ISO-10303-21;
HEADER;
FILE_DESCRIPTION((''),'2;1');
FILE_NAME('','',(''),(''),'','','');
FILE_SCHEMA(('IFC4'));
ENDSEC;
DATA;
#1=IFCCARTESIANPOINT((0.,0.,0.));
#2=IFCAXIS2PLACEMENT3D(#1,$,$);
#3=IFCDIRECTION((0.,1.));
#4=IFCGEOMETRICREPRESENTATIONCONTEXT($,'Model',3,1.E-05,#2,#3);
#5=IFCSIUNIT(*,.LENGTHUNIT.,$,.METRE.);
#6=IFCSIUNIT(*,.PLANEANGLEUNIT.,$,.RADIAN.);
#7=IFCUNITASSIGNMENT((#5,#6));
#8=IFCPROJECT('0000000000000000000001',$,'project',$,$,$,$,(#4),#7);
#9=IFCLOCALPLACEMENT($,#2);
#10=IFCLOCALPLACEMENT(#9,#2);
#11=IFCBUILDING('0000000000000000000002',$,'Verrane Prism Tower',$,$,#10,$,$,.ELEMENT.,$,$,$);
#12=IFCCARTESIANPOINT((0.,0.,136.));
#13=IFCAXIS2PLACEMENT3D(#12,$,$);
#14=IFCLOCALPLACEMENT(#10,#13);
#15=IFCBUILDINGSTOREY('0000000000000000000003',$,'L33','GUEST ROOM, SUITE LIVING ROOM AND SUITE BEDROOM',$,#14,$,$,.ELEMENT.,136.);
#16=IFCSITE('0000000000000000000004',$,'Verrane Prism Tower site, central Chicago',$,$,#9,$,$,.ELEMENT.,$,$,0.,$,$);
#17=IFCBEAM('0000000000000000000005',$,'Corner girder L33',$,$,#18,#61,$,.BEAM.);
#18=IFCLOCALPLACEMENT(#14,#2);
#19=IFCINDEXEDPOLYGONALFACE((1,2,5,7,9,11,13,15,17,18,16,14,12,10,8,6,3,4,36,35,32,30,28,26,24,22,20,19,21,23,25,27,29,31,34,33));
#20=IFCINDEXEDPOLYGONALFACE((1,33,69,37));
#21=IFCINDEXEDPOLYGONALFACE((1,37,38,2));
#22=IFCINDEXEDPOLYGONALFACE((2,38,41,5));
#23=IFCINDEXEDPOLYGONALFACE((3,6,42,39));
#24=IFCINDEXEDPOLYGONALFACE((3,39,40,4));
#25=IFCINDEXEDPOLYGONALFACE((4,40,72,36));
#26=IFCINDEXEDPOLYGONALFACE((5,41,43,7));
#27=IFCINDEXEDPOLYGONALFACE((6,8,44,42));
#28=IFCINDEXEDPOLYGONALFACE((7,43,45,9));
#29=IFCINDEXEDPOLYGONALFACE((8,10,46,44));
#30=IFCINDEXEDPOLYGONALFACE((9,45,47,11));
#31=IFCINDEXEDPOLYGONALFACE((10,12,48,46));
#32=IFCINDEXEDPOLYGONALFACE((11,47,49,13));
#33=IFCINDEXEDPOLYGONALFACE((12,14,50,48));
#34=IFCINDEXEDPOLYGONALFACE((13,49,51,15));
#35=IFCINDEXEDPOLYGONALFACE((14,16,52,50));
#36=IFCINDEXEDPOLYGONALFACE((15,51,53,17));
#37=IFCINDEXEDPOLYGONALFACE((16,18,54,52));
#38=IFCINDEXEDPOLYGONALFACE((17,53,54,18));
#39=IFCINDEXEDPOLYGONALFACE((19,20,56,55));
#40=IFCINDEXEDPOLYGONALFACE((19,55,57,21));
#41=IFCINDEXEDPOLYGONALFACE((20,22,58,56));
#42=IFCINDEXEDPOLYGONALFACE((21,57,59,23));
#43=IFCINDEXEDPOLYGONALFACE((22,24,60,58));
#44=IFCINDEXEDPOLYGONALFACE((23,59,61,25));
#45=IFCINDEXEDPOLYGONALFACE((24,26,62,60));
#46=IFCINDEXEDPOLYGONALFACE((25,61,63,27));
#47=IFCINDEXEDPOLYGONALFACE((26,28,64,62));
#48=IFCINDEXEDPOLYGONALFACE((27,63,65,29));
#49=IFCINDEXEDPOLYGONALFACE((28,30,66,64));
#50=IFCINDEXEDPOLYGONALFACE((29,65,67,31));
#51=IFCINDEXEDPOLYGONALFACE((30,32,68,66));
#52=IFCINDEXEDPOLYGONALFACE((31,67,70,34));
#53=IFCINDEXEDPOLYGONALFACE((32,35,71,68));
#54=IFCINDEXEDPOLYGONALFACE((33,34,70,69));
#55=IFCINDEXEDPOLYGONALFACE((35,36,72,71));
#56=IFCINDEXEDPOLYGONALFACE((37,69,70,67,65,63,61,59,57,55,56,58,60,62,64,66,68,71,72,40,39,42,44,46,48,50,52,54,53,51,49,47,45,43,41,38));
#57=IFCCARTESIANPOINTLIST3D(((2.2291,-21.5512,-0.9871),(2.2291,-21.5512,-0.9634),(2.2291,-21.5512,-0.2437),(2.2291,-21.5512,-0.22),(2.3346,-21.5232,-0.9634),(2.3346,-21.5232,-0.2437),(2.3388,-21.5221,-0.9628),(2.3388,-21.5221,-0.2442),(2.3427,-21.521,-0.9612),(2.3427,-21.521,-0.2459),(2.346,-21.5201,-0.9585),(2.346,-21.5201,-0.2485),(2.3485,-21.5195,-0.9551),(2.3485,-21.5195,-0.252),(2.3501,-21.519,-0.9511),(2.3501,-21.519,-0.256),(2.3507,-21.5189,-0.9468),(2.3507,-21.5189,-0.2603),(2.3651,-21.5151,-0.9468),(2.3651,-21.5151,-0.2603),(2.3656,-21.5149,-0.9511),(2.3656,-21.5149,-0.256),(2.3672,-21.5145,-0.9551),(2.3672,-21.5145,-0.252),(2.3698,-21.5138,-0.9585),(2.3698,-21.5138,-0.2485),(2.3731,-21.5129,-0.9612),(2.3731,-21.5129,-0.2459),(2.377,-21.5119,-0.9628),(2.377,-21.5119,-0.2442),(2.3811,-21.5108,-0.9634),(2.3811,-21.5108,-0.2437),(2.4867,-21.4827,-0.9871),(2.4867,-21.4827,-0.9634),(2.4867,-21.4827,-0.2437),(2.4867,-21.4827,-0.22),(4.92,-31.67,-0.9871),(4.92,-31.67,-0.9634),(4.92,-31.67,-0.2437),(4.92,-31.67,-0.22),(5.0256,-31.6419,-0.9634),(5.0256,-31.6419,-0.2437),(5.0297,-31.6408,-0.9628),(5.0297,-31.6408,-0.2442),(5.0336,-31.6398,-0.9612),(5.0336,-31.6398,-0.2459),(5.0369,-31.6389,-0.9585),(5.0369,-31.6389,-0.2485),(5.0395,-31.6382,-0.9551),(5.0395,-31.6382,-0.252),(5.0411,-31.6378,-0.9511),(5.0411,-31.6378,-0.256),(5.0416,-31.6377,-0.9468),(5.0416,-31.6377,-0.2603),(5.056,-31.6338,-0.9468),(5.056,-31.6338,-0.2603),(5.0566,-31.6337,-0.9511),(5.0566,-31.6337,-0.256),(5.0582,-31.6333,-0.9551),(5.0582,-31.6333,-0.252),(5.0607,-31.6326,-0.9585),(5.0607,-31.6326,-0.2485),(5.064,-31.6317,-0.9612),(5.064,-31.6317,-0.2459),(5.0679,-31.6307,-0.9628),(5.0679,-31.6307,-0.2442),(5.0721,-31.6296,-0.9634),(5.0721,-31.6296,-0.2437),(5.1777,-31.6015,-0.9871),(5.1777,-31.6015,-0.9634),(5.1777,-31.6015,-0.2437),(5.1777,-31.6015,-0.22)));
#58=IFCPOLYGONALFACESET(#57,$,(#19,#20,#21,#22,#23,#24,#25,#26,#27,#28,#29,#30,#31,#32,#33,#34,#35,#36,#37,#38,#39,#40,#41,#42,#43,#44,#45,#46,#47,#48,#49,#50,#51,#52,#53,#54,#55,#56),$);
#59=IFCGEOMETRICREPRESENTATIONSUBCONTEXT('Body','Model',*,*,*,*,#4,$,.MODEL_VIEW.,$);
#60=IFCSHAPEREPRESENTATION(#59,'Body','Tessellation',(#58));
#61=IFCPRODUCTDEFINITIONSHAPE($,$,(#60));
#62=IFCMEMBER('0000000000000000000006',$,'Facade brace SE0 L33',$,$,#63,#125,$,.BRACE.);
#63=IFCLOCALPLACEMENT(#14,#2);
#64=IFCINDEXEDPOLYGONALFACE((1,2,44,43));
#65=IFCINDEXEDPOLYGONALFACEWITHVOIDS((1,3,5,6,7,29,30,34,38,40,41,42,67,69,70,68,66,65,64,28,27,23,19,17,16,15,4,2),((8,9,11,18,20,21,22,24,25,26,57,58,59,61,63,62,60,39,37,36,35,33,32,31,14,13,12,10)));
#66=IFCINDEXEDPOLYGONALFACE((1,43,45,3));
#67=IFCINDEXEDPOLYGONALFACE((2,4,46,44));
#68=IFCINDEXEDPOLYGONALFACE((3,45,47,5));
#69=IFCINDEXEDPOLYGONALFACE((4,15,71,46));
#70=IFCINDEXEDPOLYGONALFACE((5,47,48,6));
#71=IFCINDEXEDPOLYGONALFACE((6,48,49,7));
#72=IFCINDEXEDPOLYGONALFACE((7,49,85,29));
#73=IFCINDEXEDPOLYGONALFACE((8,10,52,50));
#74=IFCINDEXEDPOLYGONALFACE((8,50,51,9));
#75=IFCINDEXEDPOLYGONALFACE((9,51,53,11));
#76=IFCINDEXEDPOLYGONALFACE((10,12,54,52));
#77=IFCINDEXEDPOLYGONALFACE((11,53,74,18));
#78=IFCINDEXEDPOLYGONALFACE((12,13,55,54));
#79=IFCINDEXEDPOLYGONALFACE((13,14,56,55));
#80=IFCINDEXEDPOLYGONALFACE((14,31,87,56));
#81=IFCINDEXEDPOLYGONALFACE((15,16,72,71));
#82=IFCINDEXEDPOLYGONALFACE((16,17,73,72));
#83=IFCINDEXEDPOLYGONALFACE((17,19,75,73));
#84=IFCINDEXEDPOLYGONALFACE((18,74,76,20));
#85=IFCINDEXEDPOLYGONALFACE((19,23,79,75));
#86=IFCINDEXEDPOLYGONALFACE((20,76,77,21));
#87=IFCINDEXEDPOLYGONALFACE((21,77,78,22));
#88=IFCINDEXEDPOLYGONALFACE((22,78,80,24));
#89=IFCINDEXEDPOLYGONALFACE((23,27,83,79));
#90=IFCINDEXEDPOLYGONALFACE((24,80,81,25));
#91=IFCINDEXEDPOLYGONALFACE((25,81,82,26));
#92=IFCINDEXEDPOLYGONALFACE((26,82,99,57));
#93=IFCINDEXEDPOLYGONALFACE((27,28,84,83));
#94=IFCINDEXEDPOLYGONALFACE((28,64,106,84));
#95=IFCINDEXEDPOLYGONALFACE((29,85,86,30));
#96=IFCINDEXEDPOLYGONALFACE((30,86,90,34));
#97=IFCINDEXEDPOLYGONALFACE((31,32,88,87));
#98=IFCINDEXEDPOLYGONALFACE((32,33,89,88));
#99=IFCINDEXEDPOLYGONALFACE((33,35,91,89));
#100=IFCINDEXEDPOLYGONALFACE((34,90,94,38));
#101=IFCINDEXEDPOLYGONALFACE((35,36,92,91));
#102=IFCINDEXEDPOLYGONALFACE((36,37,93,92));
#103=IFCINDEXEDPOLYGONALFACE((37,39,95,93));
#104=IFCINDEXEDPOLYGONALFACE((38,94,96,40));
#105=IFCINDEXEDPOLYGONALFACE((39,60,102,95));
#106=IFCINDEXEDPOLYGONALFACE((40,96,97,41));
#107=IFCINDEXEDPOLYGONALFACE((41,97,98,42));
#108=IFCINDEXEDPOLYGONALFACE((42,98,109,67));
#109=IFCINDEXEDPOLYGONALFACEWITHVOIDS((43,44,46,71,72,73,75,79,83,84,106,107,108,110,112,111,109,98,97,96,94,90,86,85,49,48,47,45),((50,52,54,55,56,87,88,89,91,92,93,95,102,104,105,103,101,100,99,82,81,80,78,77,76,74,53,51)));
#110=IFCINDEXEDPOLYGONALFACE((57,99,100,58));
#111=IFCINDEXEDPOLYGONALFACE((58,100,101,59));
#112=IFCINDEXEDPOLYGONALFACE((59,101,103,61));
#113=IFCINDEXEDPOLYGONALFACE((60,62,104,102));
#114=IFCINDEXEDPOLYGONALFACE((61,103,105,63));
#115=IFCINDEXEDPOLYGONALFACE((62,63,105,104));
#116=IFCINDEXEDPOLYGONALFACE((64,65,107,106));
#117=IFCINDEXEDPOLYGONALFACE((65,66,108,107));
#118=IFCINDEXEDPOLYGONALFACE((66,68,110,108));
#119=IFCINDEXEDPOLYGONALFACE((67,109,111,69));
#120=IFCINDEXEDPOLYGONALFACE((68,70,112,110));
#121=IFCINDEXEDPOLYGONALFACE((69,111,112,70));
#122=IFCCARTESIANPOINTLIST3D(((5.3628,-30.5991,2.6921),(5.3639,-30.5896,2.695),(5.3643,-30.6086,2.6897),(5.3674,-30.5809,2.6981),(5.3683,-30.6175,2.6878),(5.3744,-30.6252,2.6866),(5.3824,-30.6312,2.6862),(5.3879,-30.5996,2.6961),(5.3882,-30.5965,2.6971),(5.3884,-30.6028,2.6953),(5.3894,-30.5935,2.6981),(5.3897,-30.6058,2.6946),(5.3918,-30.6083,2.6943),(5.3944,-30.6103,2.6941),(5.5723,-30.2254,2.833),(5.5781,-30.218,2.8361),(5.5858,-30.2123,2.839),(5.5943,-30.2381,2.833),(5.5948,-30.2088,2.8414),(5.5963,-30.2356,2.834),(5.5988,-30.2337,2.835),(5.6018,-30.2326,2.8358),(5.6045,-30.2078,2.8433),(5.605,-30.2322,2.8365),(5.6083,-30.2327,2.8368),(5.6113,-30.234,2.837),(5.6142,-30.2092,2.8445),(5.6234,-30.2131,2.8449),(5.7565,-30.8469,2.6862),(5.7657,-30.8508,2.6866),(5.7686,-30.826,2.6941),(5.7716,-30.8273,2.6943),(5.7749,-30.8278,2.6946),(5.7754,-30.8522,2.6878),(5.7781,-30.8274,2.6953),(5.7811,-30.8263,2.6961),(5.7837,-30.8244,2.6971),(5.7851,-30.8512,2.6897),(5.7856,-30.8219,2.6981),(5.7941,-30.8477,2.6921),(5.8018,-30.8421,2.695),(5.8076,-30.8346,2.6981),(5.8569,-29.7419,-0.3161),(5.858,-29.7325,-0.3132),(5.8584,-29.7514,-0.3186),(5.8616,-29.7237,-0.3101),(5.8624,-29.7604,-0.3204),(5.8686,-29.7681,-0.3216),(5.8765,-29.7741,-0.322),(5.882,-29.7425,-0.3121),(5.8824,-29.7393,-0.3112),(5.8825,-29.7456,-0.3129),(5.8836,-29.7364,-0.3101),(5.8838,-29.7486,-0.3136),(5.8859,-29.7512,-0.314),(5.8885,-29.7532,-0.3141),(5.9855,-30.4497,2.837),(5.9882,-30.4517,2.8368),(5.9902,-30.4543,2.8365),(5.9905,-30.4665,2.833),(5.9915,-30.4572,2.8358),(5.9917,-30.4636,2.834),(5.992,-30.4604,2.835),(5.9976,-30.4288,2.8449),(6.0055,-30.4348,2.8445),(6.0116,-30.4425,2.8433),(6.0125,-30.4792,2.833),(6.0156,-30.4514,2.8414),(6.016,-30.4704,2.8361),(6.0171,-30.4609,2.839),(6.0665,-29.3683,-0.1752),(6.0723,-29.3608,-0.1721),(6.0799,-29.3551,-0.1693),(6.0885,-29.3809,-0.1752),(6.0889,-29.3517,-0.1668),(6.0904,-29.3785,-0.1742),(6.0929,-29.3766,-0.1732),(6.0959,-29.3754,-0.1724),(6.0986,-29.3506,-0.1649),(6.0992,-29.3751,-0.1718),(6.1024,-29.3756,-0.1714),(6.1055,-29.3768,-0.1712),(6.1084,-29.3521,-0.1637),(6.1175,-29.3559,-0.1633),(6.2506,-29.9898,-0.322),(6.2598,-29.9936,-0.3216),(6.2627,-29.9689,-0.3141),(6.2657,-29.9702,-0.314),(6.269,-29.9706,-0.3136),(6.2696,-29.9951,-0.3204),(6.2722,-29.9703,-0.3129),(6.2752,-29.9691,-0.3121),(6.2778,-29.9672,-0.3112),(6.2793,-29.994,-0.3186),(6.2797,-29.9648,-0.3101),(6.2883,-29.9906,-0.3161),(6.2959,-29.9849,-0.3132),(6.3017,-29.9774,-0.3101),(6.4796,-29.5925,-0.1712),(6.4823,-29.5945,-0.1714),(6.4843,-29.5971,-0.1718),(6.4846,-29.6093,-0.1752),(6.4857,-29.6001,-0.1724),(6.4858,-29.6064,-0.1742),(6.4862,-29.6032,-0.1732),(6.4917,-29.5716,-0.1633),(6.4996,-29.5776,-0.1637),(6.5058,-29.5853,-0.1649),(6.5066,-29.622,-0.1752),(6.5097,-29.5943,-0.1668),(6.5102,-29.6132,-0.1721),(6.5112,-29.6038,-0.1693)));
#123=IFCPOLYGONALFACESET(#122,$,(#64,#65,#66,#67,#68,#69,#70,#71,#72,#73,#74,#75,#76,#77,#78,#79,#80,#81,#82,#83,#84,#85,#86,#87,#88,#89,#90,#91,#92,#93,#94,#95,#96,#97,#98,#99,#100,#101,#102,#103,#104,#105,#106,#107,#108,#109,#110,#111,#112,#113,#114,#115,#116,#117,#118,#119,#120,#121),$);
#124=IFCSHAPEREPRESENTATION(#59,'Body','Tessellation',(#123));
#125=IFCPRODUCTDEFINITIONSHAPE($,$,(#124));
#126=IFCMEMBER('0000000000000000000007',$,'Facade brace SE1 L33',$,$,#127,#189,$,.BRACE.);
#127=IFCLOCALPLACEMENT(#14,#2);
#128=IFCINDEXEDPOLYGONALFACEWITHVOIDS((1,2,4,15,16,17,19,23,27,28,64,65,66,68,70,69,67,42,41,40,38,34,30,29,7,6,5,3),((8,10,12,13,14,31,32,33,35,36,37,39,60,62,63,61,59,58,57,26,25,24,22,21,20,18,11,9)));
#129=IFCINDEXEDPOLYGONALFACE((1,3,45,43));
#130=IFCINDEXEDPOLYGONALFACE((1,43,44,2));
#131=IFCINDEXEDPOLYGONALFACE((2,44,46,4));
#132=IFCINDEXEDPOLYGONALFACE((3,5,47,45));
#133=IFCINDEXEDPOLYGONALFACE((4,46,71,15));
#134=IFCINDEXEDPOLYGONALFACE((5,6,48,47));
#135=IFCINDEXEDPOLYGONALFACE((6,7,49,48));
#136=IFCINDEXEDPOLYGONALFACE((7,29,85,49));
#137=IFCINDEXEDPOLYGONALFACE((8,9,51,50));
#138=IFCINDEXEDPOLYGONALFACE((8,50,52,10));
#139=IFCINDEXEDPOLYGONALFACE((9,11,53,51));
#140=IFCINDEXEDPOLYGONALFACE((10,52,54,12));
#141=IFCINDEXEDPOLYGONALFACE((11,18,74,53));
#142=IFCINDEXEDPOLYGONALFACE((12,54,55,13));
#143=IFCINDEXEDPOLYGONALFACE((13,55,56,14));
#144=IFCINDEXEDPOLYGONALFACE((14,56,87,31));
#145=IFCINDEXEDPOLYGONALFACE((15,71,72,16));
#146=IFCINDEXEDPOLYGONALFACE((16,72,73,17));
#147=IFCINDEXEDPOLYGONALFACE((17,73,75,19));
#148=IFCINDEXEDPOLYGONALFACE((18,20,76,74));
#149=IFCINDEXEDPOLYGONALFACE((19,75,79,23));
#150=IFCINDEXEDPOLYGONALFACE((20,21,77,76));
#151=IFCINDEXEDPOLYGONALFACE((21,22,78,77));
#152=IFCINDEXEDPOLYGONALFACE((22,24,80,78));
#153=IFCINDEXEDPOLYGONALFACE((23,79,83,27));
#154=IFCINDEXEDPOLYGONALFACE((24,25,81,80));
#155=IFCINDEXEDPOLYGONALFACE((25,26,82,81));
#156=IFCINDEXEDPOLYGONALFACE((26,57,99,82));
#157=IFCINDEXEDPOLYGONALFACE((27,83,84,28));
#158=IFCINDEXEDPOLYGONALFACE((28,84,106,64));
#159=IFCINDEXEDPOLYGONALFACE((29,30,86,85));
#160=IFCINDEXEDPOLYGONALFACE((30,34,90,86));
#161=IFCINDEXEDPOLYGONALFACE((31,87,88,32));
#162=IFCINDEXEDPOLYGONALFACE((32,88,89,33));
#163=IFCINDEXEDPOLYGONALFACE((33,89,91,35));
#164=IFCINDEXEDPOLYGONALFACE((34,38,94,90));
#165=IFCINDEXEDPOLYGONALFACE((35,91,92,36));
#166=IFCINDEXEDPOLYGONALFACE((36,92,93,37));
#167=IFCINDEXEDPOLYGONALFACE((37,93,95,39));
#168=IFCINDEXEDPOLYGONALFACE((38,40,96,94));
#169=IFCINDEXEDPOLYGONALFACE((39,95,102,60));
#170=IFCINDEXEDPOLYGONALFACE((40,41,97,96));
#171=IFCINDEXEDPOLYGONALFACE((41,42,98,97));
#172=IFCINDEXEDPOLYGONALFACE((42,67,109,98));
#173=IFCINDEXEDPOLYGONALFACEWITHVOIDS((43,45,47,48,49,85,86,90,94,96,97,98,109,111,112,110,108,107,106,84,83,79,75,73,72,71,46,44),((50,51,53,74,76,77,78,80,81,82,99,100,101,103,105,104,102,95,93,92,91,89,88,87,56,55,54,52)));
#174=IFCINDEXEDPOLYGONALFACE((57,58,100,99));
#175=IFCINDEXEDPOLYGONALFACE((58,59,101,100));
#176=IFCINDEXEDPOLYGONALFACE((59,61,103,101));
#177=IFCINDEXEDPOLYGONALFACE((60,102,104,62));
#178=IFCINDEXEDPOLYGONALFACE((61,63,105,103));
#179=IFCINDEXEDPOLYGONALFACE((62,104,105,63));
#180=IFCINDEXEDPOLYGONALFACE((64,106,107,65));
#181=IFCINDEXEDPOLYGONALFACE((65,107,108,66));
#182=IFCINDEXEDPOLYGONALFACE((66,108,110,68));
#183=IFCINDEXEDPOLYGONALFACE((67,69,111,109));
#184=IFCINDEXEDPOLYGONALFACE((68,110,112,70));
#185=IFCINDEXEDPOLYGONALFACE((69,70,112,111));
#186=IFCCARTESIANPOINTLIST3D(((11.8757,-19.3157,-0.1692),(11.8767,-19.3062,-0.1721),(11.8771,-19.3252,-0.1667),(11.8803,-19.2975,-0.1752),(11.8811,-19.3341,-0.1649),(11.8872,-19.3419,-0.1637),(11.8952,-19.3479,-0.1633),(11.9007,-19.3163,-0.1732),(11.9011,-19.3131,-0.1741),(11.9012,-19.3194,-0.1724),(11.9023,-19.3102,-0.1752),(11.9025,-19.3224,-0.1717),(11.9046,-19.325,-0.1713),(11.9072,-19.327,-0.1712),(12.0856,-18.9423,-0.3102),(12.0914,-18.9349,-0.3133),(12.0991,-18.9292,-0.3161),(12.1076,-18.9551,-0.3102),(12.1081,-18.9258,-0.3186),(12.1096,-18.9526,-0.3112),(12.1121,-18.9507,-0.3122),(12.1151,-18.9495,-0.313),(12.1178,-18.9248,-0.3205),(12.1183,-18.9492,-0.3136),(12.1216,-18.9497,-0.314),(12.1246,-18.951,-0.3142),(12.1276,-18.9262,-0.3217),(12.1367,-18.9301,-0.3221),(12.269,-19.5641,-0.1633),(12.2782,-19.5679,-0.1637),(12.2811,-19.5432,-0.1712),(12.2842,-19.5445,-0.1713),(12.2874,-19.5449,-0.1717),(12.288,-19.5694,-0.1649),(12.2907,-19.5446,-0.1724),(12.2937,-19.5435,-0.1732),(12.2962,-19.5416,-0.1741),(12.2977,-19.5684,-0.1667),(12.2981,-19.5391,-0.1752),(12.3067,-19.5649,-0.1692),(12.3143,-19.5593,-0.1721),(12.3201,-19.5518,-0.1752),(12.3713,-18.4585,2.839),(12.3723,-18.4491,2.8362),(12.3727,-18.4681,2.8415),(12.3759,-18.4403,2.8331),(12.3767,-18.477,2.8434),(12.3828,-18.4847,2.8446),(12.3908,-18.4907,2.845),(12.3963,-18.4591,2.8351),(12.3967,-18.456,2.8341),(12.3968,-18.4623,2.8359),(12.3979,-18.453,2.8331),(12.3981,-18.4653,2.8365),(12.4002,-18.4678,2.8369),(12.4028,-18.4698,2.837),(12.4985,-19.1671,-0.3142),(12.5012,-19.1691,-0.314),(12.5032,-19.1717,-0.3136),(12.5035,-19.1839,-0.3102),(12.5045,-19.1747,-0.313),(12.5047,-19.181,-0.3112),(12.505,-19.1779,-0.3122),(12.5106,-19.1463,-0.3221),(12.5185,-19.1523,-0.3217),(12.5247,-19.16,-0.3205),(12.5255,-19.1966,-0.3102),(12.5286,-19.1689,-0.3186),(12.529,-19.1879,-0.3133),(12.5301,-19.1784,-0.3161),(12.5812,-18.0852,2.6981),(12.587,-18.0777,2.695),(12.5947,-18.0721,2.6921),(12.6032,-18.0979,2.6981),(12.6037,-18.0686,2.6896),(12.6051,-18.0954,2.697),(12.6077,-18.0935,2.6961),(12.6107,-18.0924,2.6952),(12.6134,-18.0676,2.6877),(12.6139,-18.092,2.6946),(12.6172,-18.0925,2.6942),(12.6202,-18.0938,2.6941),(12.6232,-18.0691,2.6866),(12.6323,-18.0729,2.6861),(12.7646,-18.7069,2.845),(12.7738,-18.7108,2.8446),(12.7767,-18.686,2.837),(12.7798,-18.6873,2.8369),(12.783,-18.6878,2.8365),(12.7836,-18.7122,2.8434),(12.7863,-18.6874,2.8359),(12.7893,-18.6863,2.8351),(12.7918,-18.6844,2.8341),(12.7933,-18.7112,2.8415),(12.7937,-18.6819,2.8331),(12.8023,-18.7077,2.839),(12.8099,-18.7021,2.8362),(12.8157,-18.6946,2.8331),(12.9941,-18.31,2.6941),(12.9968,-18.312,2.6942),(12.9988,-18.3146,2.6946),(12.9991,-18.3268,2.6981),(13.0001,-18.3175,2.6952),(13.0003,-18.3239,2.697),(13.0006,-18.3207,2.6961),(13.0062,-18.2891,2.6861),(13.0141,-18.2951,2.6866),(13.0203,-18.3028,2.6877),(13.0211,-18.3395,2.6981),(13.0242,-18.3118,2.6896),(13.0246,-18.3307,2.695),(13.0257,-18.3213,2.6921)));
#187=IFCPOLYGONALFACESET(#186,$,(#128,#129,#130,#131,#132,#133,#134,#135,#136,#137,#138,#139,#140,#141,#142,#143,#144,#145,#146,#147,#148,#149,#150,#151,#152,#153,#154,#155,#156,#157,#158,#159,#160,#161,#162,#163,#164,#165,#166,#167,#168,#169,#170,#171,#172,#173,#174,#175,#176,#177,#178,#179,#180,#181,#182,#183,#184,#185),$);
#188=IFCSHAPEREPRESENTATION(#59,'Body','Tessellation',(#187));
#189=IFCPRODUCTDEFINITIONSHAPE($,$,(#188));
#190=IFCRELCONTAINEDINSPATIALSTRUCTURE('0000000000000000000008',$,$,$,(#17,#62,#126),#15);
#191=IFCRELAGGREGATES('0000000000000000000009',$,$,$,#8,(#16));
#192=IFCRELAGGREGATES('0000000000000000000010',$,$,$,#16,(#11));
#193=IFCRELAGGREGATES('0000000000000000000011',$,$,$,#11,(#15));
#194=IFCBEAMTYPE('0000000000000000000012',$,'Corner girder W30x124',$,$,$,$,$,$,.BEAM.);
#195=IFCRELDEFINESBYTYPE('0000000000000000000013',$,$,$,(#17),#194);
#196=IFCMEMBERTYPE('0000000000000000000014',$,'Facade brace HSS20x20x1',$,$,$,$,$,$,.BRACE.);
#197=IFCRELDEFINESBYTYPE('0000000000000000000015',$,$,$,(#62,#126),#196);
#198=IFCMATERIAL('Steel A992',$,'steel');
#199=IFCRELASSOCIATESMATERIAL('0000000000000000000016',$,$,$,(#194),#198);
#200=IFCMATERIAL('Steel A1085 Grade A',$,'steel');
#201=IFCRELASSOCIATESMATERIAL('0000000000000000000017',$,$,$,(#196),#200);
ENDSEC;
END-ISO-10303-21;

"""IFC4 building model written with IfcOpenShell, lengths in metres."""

from ifc_helpers import new_model, si_unit, direction, frame, origin, origin_2d, place, context, subcontext, project, spatial, hollow_rectangle, i_section, extrude, material, material_profile, profile_set, type_object, element, save


model = new_model("IFC4")

# Units and contexts
model_context = context("Model", 3, precision=1e-05, world=origin(), true_north=direction((0.0, 1.0)))
body_context = subcontext(model_context, "Body", "Model", "MODEL_VIEW")
ifc_project = project(units=[si_unit("LENGTHUNIT", "METRE"), si_unit("PLANEANGLEUNIT", "RADIAN")], contexts=[model_context])

# Site, building, storey
site_placement = place(None, origin())
site = spatial("IfcSite", under=ifc_project, at=site_placement, Name="Verrane Prism Tower site, central Chicago", CompositionType="ELEMENT", RefElevation=0.0)
building_placement = place(site_placement, origin())
building = spatial("IfcBuilding", under=site, at=building_placement, Name="Verrane Prism Tower", CompositionType="ELEMENT")
storey_placement = place(building_placement, frame((0.0, 0.0, 136.0)))
storey = spatial("IfcBuildingStorey", under=building, at=storey_placement, Name="L33", Description="GUEST ROOM, SUITE LIVING ROOM AND SUITE BEDROOM", CompositionType="ELEMENT", Elevation=136.0)

# Beam
ifc_material_1 = material(Name="Steel A992", Category="steel")
ifc_material_profile_1 = material_profile(ifc_material_1, i_section(OverallWidth=0.2666, OverallDepth=0.7671, WebThickness=0.0149, FlangeThickness=0.0237, FilletRadius=0.0166, at=origin_2d()), Name="W30x124")
ifc_profile_set_1 = profile_set([ifc_material_profile_1], Name="Steel A992")
beam_type_1 = type_object("IfcBeamType", Name="Corner girder W30x124", PredefinedType="BEAM", material=ifc_profile_set_1)
beam_1_placement = place(storey_placement, frame((5.0488, -31.6357, -0.6035), z_axis=(-0.257004, 0.96641, 0.0), x_axis=(-0.96641, -0.257004, 0.0)))
element("IfcBeam", 1, at=beam_1_placement, inside=storey, type_object=beam_type_1, Name="Corner girder L33", PredefinedType="BEAM", context=body_context, shape_type="SweptSolid", body=[
    extrude(i_section(OverallWidth=0.2666, OverallDepth=0.7671, WebThickness=0.0149, FlangeThickness=0.0237, FilletRadius=0.0166, at=origin_2d()), origin(), (0.0, 0.0, 1.0), 10.4705),
])

# Members
ifc_material_2 = material(Name="Steel A1085 Grade A", Category="steel")
ifc_material_profile_2 = material_profile(ifc_material_2, hollow_rectangle(XDim=0.5081, YDim=0.5081, WallThickness=0.0254, InnerFilletRadius=0.0127, OuterFilletRadius=0.0381, at=origin_2d()), Name="HSS20x20x1")
ifc_profile_set_2 = profile_set([ifc_material_profile_2], Name="Steel A1085 Grade A")
member_type_1 = type_object("IfcMemberType", Name="Facade brace HSS20x20x1", PredefinedType="BRACE", material=ifc_profile_set_2)
member_1_placement = place(storey_placement, frame((6.1841, -29.6729, -0.2427), z_axis=(-0.156036, -0.270674, 0.949941), x_axis=(0.866354, -0.49943, 0.0)))
element("IfcMember", 2, at=member_1_placement, inside=storey, type_object=member_type_1, Name="Facade brace SE0 L33", PredefinedType="BRACE", context=body_context, shape_type="SweptSolid", body=[
    extrude(hollow_rectangle(XDim=0.5081, YDim=0.5081, WallThickness=0.0254, InnerFilletRadius=0.0127, OuterFilletRadius=0.0381, at=origin_2d()), origin(), (0.0, 0.0, 1.0), 3.1667),
])
member_2_placement = place(storey_placement, frame((12.2029, -19.2471, -0.2427), z_axis=(0.156488, 0.270654, 0.949873), x_axis=(-0.865713, 0.50054, 0.0)))
element("IfcMember", 3, at=member_2_placement, inside=storey, type_object=member_type_1, Name="Facade brace SE1 L33", PredefinedType="BRACE", context=body_context, shape_type="SweptSolid", body=[
    extrude(hollow_rectangle(XDim=0.5081, YDim=0.5081, WallThickness=0.0254, InnerFilletRadius=0.0127, OuterFilletRadius=0.0381, at=origin_2d()), origin(), (0.0, 0.0, 1.0), 3.167),
])

save(model, "model.ifc")
